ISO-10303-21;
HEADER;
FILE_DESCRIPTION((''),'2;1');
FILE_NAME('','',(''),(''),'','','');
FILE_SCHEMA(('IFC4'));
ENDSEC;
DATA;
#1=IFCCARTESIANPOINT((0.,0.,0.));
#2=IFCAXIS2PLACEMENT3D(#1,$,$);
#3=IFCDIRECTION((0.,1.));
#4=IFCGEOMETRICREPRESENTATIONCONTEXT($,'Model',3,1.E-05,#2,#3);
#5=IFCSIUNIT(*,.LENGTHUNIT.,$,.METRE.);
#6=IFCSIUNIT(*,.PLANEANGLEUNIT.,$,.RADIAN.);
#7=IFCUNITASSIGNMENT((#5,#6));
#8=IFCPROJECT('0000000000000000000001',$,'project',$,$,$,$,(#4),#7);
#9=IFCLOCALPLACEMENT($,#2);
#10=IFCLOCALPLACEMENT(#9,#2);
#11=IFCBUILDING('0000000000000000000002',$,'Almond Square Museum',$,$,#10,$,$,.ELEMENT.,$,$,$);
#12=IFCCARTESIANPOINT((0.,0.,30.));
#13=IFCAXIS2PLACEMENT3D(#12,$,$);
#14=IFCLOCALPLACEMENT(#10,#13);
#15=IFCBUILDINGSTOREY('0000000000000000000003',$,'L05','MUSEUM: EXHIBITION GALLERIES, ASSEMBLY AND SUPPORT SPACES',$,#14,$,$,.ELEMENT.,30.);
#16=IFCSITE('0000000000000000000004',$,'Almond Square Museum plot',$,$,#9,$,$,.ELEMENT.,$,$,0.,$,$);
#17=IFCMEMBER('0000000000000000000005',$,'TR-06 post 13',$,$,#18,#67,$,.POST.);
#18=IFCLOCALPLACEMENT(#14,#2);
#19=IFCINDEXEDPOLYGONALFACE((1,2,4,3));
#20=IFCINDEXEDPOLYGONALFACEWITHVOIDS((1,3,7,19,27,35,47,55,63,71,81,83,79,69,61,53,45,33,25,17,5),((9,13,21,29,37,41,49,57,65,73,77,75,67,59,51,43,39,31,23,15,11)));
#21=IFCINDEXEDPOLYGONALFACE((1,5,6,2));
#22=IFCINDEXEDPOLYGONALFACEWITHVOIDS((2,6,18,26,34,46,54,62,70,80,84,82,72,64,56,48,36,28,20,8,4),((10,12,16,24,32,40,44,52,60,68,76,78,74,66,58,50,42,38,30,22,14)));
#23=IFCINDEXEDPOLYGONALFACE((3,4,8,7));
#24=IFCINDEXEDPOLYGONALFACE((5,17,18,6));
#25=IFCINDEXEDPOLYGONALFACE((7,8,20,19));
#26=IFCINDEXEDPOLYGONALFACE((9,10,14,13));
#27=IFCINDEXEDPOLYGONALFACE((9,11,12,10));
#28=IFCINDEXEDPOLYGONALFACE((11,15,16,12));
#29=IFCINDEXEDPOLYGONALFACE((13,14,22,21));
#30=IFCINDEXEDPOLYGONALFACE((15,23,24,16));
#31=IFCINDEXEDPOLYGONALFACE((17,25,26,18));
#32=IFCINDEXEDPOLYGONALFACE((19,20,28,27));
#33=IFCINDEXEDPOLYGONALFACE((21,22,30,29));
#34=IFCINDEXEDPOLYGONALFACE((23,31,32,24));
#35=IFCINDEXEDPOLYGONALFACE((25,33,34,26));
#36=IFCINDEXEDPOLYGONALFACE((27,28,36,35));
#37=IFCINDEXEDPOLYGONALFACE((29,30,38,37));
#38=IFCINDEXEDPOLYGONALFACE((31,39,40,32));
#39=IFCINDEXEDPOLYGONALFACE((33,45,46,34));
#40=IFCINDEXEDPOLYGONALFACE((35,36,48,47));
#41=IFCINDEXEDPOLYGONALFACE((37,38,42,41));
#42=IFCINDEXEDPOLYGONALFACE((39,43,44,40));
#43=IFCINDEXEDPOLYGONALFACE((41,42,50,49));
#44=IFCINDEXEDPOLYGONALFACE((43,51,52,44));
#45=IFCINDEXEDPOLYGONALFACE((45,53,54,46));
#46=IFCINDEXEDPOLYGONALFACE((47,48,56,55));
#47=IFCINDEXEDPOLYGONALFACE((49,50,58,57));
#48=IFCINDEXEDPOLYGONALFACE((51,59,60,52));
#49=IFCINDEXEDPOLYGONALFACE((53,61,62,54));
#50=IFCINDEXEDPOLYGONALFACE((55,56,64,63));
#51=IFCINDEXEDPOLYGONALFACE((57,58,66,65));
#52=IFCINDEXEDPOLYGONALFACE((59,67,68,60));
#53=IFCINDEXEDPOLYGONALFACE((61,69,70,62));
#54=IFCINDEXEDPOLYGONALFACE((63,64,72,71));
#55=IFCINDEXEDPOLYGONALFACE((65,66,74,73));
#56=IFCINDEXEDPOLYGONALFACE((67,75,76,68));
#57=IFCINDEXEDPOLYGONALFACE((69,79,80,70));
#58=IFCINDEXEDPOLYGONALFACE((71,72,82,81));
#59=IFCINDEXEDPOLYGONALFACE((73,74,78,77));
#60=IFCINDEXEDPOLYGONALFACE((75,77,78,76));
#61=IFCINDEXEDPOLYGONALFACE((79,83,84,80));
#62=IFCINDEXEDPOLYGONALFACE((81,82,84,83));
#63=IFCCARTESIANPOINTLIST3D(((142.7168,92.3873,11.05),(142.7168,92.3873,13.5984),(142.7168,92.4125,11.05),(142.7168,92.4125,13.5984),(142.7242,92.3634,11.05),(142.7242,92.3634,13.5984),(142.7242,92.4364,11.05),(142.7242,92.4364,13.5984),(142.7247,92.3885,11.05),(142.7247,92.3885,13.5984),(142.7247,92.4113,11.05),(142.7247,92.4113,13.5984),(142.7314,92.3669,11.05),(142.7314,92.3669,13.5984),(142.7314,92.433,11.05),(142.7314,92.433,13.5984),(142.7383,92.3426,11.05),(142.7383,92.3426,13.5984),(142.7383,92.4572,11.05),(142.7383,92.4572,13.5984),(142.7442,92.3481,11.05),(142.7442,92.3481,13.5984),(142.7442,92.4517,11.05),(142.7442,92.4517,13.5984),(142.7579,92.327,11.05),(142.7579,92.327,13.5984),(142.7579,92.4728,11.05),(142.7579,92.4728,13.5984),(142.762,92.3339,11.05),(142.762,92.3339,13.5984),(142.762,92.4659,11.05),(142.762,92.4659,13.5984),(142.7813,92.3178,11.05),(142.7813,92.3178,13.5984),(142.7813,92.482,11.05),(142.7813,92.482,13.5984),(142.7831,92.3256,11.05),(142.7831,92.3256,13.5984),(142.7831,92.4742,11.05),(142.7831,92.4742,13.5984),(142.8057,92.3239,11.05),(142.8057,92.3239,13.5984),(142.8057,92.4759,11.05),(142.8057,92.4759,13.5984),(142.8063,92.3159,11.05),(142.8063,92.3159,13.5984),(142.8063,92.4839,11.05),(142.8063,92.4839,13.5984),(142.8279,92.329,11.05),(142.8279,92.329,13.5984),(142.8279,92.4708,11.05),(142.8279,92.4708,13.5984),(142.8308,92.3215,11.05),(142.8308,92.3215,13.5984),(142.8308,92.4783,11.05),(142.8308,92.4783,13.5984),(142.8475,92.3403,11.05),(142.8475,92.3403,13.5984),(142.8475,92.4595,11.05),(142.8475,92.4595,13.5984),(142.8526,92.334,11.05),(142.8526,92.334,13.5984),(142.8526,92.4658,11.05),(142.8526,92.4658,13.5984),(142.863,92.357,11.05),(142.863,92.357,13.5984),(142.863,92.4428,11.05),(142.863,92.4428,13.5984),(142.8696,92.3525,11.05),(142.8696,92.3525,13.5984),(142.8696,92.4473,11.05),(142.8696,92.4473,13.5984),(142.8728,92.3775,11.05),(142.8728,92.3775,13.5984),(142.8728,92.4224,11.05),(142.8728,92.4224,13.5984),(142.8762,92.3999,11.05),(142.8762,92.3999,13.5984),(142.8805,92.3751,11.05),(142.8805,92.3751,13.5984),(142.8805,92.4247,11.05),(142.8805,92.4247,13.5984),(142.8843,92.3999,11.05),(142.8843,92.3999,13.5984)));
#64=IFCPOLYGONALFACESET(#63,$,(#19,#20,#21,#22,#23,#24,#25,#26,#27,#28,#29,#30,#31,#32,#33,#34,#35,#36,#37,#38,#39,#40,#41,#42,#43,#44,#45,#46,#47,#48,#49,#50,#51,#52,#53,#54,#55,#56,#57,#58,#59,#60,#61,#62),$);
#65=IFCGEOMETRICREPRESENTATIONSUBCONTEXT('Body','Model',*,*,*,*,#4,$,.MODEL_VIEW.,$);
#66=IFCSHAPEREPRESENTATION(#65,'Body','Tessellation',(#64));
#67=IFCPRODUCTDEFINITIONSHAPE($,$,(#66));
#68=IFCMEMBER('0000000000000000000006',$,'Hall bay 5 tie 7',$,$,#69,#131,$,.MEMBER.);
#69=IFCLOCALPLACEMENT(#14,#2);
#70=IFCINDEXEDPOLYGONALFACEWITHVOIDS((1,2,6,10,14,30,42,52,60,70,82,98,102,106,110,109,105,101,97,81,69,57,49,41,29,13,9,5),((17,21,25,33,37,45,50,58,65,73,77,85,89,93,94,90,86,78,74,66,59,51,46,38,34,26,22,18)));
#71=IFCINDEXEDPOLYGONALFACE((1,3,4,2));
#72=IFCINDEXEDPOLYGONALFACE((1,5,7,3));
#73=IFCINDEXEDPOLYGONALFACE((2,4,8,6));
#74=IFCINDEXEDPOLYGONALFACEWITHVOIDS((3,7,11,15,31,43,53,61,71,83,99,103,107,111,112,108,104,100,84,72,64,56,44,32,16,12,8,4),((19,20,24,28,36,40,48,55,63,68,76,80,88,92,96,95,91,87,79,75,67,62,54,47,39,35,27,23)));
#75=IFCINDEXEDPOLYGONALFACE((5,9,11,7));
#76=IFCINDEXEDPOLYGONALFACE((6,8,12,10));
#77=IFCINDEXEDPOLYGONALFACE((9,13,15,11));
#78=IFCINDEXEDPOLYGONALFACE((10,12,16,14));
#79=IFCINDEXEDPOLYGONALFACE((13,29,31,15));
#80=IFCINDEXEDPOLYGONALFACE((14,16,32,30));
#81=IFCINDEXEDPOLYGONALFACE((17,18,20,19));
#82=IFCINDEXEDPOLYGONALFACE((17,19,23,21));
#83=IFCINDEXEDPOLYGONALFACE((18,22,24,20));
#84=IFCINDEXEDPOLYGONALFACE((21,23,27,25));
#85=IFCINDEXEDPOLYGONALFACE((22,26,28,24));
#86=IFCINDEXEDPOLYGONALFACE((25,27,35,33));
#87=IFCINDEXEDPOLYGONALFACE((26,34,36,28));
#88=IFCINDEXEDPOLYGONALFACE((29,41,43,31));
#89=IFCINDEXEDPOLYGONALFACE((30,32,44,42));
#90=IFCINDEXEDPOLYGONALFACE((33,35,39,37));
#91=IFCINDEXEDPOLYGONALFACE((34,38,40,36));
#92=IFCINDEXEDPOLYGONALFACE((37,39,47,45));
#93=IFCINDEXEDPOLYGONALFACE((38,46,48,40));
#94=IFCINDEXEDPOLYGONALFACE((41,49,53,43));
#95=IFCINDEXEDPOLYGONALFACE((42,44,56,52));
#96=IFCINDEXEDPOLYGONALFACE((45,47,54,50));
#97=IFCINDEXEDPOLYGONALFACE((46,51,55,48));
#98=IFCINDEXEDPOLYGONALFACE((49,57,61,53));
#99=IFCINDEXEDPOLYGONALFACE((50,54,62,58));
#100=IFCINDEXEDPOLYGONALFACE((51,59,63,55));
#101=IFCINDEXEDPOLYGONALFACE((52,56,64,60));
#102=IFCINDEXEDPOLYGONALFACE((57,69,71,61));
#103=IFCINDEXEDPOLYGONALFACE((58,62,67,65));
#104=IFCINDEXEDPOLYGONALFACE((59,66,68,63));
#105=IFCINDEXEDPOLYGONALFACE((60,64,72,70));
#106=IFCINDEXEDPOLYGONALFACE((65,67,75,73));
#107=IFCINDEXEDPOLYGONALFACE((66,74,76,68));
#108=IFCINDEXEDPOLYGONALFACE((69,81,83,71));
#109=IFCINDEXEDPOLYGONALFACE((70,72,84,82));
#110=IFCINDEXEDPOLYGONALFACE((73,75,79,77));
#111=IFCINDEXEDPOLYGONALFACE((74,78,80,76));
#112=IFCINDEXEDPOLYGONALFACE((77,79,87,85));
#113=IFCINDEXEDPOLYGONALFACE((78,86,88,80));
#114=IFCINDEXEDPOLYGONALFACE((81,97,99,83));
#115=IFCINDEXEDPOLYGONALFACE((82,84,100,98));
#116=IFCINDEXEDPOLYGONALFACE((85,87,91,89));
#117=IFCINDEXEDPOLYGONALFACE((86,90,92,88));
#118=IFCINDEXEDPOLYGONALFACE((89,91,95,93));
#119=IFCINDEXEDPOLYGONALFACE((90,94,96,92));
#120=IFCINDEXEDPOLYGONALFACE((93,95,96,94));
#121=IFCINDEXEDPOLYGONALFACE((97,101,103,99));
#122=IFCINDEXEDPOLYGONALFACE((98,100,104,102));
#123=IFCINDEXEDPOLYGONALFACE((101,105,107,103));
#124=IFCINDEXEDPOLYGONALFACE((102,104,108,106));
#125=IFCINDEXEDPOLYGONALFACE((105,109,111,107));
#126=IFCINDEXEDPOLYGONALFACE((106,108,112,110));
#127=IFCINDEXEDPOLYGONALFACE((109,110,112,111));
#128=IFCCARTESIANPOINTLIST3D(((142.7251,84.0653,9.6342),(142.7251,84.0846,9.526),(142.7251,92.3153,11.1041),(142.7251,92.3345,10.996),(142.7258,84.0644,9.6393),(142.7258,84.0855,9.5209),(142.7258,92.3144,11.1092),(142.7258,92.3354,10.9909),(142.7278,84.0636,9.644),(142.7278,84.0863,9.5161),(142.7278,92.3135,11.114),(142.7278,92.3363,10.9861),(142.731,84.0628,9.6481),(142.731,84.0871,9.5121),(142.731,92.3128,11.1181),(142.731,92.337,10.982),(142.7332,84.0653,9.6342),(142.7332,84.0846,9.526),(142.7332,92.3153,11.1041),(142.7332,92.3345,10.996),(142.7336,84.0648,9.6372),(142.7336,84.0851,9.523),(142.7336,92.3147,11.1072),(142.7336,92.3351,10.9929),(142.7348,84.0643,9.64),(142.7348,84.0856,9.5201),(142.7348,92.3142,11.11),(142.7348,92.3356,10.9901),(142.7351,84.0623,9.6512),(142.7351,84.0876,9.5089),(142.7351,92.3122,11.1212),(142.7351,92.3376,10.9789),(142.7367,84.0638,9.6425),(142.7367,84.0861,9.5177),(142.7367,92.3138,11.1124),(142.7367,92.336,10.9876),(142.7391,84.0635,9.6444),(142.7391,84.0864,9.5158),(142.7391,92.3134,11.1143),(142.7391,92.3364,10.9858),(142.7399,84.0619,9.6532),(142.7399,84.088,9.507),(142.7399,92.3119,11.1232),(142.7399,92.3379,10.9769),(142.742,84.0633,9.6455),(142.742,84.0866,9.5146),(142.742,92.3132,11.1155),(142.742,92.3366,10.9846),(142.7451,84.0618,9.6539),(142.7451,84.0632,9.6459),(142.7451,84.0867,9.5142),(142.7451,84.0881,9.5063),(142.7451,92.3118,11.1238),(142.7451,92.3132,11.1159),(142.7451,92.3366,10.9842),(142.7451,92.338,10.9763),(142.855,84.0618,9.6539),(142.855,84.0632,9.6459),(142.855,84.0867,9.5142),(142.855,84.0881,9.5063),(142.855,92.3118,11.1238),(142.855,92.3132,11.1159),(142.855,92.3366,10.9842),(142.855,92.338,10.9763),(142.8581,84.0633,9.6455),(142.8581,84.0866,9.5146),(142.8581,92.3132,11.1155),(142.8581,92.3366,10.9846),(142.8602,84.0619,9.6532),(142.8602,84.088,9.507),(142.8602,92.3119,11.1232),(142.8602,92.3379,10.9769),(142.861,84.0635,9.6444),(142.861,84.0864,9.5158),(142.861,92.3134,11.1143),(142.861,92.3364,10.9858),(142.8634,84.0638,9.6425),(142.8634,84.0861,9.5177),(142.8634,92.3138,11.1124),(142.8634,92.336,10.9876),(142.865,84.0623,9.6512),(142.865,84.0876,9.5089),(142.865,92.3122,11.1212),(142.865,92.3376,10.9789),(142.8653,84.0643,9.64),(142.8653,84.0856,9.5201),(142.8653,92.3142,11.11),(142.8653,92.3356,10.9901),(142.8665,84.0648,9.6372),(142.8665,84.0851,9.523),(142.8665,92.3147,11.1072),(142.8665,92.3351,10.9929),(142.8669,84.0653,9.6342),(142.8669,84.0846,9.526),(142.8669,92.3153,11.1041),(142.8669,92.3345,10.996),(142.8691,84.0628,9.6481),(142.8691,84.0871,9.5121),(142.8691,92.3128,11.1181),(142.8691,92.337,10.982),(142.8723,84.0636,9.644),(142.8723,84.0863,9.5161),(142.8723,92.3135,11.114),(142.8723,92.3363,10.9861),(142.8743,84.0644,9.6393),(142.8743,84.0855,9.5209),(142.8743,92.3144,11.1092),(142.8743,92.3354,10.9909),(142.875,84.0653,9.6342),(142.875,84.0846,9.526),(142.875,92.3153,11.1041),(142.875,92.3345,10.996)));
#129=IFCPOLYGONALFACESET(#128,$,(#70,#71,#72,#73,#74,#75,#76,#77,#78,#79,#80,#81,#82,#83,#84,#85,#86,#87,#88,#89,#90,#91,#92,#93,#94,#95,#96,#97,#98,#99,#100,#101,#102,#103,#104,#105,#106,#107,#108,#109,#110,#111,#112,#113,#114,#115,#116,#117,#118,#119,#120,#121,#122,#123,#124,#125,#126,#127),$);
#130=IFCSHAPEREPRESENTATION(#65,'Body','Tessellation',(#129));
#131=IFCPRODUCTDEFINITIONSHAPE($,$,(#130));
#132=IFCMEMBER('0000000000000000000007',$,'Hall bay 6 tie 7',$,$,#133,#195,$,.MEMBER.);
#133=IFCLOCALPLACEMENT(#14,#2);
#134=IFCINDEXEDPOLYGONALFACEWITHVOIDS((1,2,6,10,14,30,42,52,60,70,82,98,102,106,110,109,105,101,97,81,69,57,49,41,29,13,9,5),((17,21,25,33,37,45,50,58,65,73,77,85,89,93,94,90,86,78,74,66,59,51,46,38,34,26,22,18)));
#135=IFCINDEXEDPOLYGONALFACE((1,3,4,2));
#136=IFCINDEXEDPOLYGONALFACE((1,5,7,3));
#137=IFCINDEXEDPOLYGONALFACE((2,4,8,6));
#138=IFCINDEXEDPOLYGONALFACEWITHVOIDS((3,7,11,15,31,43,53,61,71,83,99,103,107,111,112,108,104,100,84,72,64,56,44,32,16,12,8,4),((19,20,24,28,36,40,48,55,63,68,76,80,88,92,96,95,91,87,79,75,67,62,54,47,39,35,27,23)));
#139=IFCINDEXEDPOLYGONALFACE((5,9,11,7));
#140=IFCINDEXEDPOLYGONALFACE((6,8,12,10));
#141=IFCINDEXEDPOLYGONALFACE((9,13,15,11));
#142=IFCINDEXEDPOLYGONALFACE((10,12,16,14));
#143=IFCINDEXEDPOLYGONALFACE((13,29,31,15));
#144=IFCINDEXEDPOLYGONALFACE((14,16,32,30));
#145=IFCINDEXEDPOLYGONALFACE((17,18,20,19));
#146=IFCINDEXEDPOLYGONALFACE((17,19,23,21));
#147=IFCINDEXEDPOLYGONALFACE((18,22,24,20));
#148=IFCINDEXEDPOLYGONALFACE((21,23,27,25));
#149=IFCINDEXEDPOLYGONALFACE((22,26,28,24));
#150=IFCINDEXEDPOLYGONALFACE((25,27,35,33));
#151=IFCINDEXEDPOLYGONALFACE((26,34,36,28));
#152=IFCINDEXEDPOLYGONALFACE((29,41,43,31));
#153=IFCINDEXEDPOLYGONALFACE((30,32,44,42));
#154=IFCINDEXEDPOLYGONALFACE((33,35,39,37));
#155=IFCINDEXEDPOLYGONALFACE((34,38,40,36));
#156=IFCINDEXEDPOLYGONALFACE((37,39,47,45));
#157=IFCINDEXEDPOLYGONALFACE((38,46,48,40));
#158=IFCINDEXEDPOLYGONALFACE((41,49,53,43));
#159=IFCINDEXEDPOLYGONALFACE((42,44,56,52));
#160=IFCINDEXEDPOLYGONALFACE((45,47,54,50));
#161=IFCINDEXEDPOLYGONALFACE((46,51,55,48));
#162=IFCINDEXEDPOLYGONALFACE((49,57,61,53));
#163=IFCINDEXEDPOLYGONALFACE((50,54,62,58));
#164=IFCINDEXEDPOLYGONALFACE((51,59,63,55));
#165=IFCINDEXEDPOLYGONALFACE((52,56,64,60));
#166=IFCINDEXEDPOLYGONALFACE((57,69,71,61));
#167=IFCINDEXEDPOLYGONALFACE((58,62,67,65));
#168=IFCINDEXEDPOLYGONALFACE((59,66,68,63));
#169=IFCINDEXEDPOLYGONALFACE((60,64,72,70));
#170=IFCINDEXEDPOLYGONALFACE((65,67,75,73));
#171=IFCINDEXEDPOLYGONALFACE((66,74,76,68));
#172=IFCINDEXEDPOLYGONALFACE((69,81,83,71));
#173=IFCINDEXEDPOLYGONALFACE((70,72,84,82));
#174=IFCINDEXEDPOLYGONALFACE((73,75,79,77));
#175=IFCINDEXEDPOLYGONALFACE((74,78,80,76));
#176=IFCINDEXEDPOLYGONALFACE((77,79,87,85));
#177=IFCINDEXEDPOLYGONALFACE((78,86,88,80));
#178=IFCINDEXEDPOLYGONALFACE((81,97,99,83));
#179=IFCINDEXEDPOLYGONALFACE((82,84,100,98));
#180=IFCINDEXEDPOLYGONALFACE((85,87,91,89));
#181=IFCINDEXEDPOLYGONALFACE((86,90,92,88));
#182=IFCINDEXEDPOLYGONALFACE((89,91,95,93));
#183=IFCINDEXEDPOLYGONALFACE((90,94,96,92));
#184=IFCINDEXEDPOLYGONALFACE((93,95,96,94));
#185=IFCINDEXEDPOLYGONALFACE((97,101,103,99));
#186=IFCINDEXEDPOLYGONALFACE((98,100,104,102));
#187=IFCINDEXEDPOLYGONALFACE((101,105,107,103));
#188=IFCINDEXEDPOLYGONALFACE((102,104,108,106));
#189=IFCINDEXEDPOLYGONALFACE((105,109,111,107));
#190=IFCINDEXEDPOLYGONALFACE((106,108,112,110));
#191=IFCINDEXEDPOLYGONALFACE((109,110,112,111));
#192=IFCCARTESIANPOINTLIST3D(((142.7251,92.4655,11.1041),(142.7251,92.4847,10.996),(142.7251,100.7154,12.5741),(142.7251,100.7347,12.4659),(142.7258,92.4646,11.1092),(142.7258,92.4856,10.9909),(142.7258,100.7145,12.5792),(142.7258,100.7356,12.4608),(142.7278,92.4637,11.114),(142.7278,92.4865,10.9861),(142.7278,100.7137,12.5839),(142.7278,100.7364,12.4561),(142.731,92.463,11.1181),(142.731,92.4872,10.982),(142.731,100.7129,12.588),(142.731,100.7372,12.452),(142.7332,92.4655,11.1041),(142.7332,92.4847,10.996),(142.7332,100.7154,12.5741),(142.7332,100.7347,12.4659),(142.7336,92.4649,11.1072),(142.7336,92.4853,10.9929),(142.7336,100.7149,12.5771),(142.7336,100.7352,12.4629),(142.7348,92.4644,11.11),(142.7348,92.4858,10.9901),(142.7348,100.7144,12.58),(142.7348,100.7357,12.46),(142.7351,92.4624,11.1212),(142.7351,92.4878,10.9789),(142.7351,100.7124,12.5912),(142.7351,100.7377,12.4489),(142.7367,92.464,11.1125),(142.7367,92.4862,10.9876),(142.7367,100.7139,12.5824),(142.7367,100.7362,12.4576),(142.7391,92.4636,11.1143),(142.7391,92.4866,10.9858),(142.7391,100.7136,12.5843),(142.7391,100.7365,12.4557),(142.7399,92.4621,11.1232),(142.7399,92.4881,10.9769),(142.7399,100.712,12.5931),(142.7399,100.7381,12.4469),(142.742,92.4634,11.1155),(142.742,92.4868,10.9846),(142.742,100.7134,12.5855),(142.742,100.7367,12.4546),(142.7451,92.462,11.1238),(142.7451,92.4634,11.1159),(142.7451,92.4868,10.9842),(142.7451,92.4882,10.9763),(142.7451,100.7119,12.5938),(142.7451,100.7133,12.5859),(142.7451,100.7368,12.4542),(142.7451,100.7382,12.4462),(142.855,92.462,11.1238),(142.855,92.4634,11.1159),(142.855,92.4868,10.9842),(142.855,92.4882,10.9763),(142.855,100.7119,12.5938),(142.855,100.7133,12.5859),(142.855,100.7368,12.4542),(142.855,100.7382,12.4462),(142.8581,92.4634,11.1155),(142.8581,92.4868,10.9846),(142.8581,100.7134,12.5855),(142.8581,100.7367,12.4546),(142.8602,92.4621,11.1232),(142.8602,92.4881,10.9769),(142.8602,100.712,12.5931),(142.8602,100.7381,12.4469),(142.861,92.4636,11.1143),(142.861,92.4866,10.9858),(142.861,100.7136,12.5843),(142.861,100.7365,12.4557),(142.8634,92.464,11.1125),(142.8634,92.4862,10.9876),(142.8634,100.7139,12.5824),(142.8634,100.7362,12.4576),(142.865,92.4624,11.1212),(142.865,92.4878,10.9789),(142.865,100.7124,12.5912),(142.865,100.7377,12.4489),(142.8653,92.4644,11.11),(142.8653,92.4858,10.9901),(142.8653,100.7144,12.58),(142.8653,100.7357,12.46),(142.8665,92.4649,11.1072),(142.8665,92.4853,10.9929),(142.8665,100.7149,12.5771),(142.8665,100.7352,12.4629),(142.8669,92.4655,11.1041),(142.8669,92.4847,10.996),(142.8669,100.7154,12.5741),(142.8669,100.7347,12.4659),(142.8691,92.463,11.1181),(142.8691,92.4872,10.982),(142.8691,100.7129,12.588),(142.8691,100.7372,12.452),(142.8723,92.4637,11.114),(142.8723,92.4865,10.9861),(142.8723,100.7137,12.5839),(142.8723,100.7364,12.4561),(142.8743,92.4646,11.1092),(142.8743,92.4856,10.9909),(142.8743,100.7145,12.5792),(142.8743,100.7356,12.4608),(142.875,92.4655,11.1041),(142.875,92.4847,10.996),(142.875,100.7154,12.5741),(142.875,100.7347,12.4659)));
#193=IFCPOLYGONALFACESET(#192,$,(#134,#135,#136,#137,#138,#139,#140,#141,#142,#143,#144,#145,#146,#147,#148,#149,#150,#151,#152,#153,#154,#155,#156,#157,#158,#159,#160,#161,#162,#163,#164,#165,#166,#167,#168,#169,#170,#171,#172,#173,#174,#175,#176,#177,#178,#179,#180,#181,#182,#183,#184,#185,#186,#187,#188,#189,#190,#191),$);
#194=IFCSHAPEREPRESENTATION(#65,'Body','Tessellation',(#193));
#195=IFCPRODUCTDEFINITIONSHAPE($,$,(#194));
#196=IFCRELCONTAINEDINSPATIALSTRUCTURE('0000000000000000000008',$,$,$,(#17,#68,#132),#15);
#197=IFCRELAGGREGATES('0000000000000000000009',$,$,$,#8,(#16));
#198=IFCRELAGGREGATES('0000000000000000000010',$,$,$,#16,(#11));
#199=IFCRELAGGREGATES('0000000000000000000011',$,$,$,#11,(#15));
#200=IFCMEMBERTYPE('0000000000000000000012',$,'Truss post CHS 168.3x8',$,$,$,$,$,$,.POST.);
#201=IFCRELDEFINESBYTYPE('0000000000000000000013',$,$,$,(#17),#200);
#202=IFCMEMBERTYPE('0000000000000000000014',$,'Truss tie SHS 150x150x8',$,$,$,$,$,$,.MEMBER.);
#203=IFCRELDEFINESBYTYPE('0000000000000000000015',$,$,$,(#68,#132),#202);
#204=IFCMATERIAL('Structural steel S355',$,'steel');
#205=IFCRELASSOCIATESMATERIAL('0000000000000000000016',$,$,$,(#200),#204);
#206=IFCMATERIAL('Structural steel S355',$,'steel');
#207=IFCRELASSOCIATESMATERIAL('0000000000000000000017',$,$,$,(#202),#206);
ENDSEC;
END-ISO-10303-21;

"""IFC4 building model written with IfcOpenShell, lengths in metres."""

from ifc_helpers import new_model, si_unit, direction, frame, origin, origin_2d, place, context, subcontext, project, spatial, hollow_rectangle, hollow_circle, extrude, material, material_profile, profile_set, type_object, element, save


model = new_model("IFC4")

# Units and contexts
model_context = context("Model", 3, precision=1e-05, world=origin(), true_north=direction((0.0, 1.0)))
body_context = subcontext(model_context, "Body", "Model", "MODEL_VIEW")
ifc_project = project(units=[si_unit("LENGTHUNIT", "METRE"), si_unit("PLANEANGLEUNIT", "RADIAN")], contexts=[model_context])

# Site, building, storey
site_placement = place(None, origin())
site = spatial("IfcSite", under=ifc_project, at=site_placement, Name="Almond Square Museum plot", CompositionType="ELEMENT", RefElevation=0.0)
building_placement = place(site_placement, origin())
building = spatial("IfcBuilding", under=site, at=building_placement, Name="Almond Square Museum", CompositionType="ELEMENT")
storey_placement = place(building_placement, frame((0.0, 0.0, 30.0)))
storey = spatial("IfcBuildingStorey", under=building, at=storey_placement, Name="L05", Description="MUSEUM: EXHIBITION GALLERIES, ASSEMBLY AND SUPPORT SPACES", CompositionType="ELEMENT", Elevation=30.0)

# Members
ifc_material_1 = material(Name="Structural steel S355", Category="steel")
ifc_material_profile_1 = material_profile(ifc_material_1, hollow_circle(Radius=0.0842, WallThickness=0.0081, at=origin_2d()))
ifc_profile_set_1 = profile_set([ifc_material_profile_1], Name="Structural steel S355")
member_type_1 = type_object("IfcMemberType", Name="Truss post CHS 168.3x8", PredefinedType="POST", material=ifc_profile_set_1)
for number, where, z_axis, x_axis, name in (
    (1, (142.8, 92.3999, 11.05), (0.0, 0.0, 1.0), (1.0, 0.0, 0.0), "TR-06 post 13"),
):
    element("IfcMember", number, at=place(storey_placement, frame(where, z_axis=z_axis, x_axis=x_axis)), inside=storey, type_object=member_type_1, Name=name, PredefinedType="POST", context=body_context, shape_type="SweptSolid", body=[
        extrude(hollow_circle(Radius=0.0842, WallThickness=0.0081, at=origin_2d()), origin(), (0.0, 0.0, 1.0), 2.5483),
    ])
ifc_material_2 = material(Name="Structural steel S355", Category="steel")
ifc_material_profile_2 = material_profile(ifc_material_2, hollow_rectangle(XDim=0.1499, YDim=0.1499, WallThickness=0.0081, InnerFilletRadius=0.012, OuterFilletRadius=0.02, at=origin_2d()))
ifc_profile_set_2 = profile_set([ifc_material_profile_2], Name="Structural steel S355")
member_type_2 = type_object("IfcMemberType", Name="Truss tie SHS 150x150x8", PredefinedType="MEMBER", material=ifc_profile_set_2)
for number, where, z_axis, x_axis, name in (
    (2, (142.8, 84.075, 9.5801), (0.0, 0.984494, 0.175416), (-1.0, 0.0, 0.0), "Hall bay 5 tie 7"),
    (3, (142.8, 92.4751, 11.05), (0.0, 0.984494, 0.175416), (-1.0, 0.0, 0.0), "Hall bay 6 tie 7"),
):
    element("IfcMember", number, at=place(storey_placement, frame(where, z_axis=z_axis, x_axis=x_axis)), inside=storey, type_object=member_type_2, Name=name, PredefinedType="MEMBER", context=body_context, shape_type="SweptSolid", body=[
        extrude(hollow_rectangle(XDim=0.1499, YDim=0.1499, WallThickness=0.0081, InnerFilletRadius=0.012, OuterFilletRadius=0.02, at=origin_2d()), origin(), (0.0, 0.0, 1.0), 8.3799),
    ])

save(model, "model.ifc")
